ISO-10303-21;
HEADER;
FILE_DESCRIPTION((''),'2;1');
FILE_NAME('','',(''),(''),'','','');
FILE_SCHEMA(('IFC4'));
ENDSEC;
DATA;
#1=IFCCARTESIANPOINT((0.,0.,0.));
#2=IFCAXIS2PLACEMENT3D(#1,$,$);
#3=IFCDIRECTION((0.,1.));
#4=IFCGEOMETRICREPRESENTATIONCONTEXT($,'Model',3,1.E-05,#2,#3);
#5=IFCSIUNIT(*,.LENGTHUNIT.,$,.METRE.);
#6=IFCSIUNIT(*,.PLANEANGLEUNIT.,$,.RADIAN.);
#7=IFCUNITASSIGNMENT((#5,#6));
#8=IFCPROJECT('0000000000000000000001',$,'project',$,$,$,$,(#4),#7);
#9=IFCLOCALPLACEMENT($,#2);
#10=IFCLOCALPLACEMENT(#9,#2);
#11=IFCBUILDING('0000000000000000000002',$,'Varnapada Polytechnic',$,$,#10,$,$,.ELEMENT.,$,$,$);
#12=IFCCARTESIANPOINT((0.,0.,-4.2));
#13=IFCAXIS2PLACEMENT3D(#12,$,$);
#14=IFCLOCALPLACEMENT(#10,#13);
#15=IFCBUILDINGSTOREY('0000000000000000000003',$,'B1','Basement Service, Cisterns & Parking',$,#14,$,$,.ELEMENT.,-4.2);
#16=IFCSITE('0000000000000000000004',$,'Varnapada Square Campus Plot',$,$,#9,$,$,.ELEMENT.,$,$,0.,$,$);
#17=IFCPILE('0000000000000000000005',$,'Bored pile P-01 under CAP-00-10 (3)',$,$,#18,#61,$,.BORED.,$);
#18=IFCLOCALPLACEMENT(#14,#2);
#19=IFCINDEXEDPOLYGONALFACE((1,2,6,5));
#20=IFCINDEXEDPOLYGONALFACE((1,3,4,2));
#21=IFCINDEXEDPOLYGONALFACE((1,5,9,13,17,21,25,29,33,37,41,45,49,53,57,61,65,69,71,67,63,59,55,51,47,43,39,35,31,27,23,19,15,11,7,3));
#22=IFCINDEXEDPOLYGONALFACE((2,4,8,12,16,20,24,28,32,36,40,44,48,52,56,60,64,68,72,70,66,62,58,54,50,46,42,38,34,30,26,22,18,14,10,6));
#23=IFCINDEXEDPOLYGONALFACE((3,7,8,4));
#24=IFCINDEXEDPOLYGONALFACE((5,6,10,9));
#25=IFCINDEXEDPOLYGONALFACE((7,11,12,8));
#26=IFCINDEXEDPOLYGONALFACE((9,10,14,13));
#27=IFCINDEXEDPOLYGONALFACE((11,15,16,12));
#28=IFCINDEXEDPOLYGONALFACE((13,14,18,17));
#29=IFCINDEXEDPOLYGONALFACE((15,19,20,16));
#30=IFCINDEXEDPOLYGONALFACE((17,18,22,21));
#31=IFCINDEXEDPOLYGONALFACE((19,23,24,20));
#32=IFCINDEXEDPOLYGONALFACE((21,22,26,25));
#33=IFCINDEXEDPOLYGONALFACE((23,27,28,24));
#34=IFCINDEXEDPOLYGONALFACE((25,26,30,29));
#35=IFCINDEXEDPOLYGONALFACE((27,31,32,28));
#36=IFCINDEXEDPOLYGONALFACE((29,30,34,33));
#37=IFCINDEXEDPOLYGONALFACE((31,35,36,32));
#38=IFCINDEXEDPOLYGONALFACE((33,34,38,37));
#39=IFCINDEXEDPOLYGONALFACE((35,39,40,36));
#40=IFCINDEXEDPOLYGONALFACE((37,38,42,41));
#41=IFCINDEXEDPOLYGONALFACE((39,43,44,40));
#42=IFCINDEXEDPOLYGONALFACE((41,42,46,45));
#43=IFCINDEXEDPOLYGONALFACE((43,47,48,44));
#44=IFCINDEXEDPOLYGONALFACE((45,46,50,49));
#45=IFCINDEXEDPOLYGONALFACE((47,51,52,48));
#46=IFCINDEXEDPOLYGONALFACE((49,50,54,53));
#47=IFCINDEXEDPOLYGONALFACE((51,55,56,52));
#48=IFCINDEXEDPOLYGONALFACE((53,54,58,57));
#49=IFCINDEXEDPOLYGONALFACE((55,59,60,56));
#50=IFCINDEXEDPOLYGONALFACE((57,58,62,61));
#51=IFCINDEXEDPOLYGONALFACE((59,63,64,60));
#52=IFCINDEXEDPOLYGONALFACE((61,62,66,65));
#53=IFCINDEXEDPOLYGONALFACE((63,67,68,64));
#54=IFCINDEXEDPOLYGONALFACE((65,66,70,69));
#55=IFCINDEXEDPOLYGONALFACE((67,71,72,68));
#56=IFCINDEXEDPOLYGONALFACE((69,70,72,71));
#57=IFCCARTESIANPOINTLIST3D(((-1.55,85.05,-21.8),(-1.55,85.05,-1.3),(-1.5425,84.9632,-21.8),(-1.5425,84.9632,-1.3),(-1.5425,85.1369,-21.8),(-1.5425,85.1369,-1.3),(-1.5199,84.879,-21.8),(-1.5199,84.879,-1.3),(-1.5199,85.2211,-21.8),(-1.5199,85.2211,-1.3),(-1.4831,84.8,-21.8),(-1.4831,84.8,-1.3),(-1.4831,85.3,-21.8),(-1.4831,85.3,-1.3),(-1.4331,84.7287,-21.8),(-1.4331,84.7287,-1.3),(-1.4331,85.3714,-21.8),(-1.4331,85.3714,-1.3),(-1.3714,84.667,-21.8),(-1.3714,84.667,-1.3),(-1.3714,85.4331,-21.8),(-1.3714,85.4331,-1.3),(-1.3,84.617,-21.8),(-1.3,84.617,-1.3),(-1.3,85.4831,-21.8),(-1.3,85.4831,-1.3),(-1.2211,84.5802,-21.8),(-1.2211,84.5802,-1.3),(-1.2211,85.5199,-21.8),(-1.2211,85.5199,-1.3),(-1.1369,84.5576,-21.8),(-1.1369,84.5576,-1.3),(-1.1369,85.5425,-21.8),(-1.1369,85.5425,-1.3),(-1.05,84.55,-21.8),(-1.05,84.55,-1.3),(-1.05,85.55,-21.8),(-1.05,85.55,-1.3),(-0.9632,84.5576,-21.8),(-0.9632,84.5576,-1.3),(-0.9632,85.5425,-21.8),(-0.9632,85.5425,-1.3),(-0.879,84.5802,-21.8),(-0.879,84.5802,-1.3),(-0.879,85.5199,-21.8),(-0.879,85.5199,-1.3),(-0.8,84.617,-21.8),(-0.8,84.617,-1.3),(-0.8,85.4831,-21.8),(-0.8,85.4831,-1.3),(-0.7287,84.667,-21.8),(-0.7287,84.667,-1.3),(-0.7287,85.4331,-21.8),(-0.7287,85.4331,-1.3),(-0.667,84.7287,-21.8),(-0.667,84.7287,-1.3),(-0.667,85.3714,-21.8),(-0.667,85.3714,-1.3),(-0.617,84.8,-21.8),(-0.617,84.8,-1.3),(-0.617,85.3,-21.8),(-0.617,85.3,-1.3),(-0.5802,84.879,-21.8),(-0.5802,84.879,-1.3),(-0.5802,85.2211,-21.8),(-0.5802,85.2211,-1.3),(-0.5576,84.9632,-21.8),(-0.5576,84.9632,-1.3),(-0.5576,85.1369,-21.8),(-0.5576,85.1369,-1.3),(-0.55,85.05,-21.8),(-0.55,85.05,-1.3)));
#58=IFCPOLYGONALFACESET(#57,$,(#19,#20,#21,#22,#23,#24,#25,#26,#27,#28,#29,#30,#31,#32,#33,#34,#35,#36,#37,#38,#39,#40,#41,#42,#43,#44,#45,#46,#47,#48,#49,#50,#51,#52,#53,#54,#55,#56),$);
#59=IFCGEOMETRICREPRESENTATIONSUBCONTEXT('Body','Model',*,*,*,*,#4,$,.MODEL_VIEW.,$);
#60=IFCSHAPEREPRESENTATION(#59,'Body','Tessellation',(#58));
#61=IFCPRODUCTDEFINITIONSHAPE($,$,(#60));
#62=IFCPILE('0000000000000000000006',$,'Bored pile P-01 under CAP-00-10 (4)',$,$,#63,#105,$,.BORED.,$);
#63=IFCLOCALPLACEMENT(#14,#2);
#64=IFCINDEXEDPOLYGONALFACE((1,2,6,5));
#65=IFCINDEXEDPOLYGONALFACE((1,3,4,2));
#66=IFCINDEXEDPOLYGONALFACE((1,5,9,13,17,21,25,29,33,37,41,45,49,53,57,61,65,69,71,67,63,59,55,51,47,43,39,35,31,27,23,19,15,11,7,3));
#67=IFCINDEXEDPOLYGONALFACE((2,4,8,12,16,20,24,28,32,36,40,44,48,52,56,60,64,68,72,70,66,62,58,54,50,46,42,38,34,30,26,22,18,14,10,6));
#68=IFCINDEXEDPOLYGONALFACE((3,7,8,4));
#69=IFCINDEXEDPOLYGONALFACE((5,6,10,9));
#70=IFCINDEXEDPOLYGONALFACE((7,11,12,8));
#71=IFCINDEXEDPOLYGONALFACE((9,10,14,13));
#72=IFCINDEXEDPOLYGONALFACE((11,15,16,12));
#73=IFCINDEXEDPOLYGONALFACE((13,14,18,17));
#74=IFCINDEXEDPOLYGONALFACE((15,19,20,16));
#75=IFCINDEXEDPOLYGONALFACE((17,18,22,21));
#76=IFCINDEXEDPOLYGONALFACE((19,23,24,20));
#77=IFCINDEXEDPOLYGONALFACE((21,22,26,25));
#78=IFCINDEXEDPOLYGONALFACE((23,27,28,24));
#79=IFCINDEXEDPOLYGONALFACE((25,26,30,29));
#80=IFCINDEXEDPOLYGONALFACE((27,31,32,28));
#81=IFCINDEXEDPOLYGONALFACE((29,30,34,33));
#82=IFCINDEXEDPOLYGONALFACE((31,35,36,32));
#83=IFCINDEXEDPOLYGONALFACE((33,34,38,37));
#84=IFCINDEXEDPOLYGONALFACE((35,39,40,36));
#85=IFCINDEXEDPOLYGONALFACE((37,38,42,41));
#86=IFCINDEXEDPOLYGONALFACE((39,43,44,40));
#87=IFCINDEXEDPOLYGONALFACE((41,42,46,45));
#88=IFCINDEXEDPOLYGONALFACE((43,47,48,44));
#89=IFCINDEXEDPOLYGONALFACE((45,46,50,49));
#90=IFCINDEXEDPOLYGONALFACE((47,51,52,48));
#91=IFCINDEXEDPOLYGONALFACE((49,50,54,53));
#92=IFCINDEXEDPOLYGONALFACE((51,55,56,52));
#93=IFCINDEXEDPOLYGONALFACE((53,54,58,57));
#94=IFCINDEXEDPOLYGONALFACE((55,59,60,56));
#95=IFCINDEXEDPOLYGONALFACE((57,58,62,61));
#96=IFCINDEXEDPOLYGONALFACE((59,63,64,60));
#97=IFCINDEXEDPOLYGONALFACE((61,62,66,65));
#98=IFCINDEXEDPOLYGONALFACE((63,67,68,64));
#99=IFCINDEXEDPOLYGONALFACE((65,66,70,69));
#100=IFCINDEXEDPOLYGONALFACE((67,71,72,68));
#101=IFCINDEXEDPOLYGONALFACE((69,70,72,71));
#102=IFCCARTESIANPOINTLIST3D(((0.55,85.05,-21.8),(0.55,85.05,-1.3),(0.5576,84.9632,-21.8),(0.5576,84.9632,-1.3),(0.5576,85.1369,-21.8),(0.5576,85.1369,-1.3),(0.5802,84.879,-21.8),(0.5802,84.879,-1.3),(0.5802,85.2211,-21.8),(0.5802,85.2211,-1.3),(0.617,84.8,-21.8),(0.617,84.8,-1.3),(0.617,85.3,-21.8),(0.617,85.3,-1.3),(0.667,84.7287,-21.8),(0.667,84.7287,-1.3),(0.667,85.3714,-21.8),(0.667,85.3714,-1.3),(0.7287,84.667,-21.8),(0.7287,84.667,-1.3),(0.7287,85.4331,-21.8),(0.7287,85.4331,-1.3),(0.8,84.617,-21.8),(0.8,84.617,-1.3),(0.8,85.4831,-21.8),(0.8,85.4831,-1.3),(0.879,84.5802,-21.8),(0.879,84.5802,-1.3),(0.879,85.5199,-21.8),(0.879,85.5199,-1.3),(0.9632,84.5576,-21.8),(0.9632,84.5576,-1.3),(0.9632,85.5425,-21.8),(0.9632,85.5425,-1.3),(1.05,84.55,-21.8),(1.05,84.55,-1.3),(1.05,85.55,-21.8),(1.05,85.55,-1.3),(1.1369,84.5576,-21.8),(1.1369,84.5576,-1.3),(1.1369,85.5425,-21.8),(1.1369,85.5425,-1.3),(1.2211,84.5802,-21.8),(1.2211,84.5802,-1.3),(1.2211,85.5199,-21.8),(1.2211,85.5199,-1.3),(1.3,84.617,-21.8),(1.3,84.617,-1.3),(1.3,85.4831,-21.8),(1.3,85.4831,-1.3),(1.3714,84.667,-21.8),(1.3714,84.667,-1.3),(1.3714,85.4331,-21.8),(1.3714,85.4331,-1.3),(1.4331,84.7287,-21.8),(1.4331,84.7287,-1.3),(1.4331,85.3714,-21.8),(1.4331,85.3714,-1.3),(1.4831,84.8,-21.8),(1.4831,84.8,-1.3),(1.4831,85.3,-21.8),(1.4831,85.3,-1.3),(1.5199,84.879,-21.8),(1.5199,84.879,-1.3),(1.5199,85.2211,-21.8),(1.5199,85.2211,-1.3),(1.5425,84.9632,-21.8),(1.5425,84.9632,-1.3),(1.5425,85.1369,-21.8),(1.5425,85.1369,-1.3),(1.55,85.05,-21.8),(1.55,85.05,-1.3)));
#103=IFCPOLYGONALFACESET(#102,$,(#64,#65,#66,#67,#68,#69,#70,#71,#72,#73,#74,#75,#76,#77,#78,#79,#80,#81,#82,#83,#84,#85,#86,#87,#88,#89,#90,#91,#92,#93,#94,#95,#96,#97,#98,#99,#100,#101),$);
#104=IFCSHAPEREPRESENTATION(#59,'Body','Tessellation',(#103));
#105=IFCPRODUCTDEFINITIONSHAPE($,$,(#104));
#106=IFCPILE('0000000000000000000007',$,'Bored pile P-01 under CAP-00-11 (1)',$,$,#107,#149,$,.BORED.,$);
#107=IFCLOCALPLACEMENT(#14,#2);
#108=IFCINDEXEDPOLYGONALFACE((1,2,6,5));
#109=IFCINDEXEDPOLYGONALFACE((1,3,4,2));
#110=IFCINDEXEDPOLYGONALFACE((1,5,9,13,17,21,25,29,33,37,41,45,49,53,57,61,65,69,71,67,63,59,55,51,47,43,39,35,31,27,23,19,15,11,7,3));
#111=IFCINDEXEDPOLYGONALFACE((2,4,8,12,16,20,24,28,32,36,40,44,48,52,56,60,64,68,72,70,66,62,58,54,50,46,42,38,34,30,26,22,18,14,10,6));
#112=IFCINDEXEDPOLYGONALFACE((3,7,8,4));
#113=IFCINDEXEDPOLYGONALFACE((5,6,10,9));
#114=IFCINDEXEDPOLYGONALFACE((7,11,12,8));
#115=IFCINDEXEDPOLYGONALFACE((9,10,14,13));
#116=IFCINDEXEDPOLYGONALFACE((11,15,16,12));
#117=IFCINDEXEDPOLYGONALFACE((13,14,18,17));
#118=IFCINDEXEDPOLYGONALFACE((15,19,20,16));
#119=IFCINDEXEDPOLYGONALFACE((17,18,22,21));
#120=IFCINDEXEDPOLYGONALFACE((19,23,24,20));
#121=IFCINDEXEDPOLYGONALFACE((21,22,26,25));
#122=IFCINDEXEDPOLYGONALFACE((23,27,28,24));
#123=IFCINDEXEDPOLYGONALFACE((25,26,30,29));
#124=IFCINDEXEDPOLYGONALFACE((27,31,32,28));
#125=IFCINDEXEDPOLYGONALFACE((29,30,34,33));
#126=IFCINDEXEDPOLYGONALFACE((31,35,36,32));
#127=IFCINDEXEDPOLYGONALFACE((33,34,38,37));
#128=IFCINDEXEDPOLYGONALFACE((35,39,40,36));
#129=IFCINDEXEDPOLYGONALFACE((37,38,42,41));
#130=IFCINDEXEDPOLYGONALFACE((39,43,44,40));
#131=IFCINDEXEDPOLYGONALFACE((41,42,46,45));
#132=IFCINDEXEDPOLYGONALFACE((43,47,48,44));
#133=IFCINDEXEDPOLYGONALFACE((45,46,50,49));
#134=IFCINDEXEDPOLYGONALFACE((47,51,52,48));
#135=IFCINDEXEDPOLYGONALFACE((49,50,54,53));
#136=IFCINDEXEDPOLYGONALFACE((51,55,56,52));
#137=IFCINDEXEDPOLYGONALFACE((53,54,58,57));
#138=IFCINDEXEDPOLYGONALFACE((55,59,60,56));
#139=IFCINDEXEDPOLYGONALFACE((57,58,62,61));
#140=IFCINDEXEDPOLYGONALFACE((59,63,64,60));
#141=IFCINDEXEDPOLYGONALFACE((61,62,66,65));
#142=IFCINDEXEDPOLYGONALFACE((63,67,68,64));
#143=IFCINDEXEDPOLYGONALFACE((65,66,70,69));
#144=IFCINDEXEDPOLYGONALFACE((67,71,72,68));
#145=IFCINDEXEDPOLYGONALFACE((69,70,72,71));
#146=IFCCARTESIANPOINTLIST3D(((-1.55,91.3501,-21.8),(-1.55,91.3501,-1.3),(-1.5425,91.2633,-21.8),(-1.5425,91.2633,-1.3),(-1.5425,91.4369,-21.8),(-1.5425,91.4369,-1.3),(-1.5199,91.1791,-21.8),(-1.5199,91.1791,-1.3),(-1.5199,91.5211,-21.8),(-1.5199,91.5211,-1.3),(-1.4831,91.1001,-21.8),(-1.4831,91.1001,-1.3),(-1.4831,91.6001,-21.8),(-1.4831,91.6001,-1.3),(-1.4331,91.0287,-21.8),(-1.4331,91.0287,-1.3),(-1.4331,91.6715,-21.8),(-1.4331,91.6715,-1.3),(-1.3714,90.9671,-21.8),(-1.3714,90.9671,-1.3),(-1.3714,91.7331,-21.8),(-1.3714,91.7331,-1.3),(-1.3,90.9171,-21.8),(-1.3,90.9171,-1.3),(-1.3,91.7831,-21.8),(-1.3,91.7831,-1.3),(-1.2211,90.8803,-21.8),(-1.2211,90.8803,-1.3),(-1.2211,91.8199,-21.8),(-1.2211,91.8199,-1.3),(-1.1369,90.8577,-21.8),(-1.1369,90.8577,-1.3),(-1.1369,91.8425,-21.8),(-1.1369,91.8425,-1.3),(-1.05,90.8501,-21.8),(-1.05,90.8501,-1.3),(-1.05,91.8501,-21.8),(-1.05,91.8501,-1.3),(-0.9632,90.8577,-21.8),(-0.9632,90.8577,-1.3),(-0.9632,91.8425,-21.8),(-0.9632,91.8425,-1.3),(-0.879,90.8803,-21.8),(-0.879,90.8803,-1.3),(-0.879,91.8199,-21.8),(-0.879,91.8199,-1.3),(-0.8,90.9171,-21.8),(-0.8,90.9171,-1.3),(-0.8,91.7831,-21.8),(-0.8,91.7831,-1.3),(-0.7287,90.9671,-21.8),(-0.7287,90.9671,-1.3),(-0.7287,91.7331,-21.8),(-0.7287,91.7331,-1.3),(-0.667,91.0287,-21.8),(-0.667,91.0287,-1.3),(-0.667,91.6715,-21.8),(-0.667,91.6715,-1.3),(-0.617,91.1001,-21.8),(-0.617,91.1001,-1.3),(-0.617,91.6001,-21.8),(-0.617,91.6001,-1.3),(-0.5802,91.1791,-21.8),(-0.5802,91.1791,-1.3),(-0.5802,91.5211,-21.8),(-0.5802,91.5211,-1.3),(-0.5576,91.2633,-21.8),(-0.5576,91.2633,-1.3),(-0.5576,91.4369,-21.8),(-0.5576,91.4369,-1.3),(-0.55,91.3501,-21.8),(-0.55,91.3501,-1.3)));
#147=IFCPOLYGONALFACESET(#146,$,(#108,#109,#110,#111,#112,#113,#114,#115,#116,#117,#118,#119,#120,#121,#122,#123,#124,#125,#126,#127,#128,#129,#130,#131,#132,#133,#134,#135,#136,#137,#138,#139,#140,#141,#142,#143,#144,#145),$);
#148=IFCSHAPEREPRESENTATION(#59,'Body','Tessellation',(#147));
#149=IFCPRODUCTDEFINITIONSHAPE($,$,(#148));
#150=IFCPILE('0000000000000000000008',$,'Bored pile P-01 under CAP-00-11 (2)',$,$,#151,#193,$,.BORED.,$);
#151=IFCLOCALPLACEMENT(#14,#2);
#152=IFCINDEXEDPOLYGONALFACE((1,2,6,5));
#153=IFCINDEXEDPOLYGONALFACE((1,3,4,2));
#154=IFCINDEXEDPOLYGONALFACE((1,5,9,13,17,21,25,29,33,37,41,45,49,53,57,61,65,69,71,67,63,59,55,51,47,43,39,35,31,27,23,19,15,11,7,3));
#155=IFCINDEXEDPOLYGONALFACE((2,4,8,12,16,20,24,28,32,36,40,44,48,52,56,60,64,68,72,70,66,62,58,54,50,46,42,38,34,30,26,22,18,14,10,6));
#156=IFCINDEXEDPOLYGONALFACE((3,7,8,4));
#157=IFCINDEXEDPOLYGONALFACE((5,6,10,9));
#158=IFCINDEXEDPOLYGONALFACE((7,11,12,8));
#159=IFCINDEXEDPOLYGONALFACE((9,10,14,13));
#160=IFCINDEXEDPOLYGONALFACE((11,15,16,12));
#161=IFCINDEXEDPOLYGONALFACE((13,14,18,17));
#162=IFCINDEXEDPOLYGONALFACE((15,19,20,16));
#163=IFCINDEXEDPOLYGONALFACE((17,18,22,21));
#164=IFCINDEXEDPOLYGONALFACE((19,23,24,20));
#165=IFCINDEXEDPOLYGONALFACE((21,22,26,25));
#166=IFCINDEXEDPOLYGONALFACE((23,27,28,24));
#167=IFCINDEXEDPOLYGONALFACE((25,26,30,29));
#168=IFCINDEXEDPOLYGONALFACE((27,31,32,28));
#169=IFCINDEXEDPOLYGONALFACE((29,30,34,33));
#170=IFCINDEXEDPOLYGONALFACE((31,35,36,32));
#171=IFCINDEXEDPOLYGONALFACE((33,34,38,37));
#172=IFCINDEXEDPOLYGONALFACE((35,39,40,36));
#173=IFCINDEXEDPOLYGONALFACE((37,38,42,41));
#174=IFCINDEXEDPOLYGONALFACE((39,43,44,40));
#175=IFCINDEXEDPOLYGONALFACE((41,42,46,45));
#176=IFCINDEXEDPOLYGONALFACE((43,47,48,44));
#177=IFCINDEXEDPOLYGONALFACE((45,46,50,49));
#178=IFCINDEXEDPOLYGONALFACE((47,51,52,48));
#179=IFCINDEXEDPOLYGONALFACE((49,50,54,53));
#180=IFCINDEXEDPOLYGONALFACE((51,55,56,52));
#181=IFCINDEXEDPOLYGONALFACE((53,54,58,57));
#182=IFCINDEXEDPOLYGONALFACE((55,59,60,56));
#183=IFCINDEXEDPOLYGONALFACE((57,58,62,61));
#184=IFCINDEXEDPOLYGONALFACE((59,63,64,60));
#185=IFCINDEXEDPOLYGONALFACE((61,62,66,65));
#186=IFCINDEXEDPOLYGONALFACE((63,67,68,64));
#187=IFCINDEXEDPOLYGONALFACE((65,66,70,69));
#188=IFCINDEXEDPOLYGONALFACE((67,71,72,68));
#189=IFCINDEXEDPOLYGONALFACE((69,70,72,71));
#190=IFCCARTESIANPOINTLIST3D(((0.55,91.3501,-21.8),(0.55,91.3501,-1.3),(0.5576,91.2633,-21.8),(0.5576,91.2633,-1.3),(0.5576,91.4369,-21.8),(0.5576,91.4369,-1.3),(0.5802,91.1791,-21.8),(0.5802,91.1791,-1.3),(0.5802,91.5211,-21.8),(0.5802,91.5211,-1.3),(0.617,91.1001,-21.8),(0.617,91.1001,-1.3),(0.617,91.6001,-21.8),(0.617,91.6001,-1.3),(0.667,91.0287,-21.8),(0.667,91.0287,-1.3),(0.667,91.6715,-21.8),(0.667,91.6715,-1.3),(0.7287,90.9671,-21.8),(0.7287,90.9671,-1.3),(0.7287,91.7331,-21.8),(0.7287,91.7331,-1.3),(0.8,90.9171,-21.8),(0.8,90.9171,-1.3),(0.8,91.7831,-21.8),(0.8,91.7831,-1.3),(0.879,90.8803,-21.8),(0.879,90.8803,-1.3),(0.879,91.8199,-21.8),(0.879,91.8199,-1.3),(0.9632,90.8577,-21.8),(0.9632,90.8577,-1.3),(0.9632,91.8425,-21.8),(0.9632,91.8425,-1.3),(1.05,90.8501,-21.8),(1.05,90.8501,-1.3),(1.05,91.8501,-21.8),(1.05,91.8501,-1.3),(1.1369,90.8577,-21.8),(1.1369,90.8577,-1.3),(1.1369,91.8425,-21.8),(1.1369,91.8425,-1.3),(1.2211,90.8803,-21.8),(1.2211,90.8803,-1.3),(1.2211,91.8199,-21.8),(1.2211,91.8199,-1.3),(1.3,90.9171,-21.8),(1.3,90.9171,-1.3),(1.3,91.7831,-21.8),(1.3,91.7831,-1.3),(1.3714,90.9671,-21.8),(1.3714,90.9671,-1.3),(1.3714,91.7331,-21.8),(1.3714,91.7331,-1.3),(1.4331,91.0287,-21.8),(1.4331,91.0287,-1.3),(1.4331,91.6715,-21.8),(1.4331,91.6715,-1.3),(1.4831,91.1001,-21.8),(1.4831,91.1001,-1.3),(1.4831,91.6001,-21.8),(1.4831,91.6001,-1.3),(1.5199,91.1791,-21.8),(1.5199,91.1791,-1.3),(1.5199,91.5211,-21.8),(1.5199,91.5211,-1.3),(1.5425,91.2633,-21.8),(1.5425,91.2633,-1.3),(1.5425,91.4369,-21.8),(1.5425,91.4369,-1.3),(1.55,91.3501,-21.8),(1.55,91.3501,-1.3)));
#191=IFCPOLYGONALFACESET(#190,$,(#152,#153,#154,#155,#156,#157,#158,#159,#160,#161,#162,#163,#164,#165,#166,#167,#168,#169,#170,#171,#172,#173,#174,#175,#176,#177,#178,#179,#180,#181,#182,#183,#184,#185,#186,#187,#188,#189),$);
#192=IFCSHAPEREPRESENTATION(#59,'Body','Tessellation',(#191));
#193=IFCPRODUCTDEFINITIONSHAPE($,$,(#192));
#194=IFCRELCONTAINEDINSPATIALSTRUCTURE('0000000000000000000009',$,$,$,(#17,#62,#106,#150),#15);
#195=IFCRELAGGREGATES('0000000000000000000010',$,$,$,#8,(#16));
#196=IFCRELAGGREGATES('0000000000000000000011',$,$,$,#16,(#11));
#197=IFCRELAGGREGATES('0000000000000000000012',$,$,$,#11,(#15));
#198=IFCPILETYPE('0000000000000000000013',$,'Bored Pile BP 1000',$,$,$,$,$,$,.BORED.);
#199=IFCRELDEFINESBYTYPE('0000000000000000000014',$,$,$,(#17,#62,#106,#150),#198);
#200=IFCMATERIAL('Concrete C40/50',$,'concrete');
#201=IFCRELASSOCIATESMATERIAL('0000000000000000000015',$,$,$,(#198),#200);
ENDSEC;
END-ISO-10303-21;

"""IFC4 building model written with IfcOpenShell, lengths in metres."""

from ifc_helpers import new_model, si_unit, direction, frame, origin, origin_2d, place, context, subcontext, project, spatial, circle, extrude, material, material_profile, profile_set, type_object, element, save


model = new_model("IFC4")

# Units and contexts
model_context = context("Model", 3, precision=1e-05, world=origin(), true_north=direction((0.0, 1.0)))
body_context = subcontext(model_context, "Body", "Model", "MODEL_VIEW")
ifc_project = project(units=[si_unit("LENGTHUNIT", "METRE"), si_unit("PLANEANGLEUNIT", "RADIAN")], contexts=[model_context])

# Site, building, storey
site_placement = place(None, origin())
site = spatial("IfcSite", under=ifc_project, at=site_placement, Name="Varnapada Square Campus Plot", CompositionType="ELEMENT", RefElevation=0.0)
building_placement = place(site_placement, origin())
building = spatial("IfcBuilding", under=site, at=building_placement, Name="Varnapada Polytechnic", CompositionType="ELEMENT")
storey_placement = place(building_placement, frame((0.0, 0.0, -4.2)))
storey = spatial("IfcBuildingStorey", under=building, at=storey_placement, Name="B1", Description="Basement Service, Cisterns & Parking", CompositionType="ELEMENT", Elevation=-4.2)

# Piles
ifc_material_1 = material(Name="Concrete C40/50", Category="concrete")
ifc_material_profile_1 = material_profile(ifc_material_1, circle(Radius=0.5, at=origin_2d()), Name="BP 1000")
ifc_profile_set_1 = profile_set([ifc_material_profile_1], Name="Concrete C40/50")
pile_type_1 = type_object("IfcPileType", Name="Bored Pile BP 1000", PredefinedType="BORED", material=ifc_profile_set_1)
for number, where, z_axis, x_axis, name in (
    (1, (-1.05, 85.05, -1.3), (0.0, 0.0, -1.0), (1.0, 0.0, 0.0), "Bored pile P-01 under CAP-00-10 (3)"),
    (2, (1.05, 85.05, -1.3), (0.0, 0.0, -1.0), (1.0, 0.0, 0.0), "Bored pile P-01 under CAP-00-10 (4)"),
    (3, (-1.05, 91.3501, -1.3), (0.0, 0.0, -1.0), (1.0, 0.0, 0.0), "Bored pile P-01 under CAP-00-11 (1)"),
    (4, (1.05, 91.3501, -1.3), (0.0, 0.0, -1.0), (1.0, 0.0, 0.0), "Bored pile P-01 under CAP-00-11 (2)"),
):
    element("IfcPile", number, at=place(storey_placement, frame(where, z_axis=z_axis, x_axis=x_axis)), inside=storey, type_object=pile_type_1, Name=name, PredefinedType="BORED", context=body_context, shape_type="SweptSolid", body=[
        extrude(circle(Radius=0.5, at=origin_2d()), origin(), (0.0, 0.0, 1.0), 20.5),
    ])

save(model, "model.ifc")
